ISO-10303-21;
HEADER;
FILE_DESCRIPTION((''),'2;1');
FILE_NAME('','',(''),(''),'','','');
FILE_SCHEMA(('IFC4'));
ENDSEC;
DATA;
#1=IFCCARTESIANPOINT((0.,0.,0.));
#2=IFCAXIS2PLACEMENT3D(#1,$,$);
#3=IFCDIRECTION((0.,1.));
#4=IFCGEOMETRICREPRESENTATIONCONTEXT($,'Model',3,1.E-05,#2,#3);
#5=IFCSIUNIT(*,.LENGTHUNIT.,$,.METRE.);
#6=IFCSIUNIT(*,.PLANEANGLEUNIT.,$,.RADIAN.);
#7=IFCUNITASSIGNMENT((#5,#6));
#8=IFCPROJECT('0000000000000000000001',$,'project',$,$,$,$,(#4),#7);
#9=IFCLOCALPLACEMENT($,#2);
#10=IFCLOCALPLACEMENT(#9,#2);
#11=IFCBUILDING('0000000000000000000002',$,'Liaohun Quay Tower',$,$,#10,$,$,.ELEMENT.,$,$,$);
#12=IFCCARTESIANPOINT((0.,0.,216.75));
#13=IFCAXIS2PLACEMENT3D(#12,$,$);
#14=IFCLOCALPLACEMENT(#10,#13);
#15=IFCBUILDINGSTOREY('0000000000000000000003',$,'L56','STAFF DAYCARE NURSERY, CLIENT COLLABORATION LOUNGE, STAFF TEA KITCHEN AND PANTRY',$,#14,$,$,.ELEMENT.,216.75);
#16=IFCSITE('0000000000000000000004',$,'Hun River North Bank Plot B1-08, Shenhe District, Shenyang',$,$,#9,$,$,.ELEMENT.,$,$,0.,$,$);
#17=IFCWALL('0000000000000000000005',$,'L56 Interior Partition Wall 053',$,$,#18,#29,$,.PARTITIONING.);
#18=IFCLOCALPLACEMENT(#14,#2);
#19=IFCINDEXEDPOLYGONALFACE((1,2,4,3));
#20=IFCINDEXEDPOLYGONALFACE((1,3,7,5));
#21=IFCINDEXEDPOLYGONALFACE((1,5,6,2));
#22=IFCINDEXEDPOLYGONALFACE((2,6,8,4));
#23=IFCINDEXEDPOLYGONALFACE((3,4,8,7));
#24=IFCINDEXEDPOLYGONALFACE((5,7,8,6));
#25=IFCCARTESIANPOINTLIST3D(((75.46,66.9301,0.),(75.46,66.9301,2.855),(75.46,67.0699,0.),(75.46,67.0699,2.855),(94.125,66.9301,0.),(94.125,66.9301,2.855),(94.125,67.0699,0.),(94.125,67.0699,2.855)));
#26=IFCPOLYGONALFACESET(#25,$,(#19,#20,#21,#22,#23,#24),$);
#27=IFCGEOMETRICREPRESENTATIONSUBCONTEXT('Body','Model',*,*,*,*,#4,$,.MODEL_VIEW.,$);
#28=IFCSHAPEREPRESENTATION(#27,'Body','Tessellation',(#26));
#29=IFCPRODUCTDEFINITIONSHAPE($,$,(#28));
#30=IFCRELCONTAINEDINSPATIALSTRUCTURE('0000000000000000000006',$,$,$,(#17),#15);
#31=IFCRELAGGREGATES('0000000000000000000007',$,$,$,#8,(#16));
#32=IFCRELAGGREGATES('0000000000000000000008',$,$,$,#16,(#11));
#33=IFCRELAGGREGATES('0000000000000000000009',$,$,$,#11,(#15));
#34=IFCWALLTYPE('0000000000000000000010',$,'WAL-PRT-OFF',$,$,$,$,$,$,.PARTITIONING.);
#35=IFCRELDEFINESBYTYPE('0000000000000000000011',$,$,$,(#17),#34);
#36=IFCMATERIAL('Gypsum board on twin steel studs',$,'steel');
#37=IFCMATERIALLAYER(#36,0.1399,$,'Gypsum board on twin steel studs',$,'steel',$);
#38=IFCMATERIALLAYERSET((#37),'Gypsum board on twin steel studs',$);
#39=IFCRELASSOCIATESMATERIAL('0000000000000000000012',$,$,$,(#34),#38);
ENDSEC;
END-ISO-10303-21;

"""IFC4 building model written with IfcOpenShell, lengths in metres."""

from ifc_helpers import new_model, si_unit, direction, frame, frame_2d, origin, place, context, subcontext, project, spatial, rectangle, extrude, material, layer, layer_set, type_object, element, save


model = new_model("IFC4")

# Units and contexts
model_context = context("Model", 3, precision=1e-05, world=origin(), true_north=direction((0.0, 1.0)))
body_context = subcontext(model_context, "Body", "Model", "MODEL_VIEW")
ifc_project = project(units=[si_unit("LENGTHUNIT", "METRE"), si_unit("PLANEANGLEUNIT", "RADIAN")], contexts=[model_context])

# Site, building, storey
site_placement = place(None, origin())
site = spatial("IfcSite", under=ifc_project, at=site_placement, Name="Hun River North Bank Plot B1-08, Shenhe District, Shenyang", CompositionType="ELEMENT", RefElevation=0.0)
building_placement = place(site_placement, origin())
building = spatial("IfcBuilding", under=site, at=building_placement, Name="Liaohun Quay Tower", CompositionType="ELEMENT")
storey_placement = place(building_placement, frame((0.0, 0.0, 216.75)))
storey = spatial("IfcBuildingStorey", under=building, at=storey_placement, Name="L56", Description="STAFF DAYCARE NURSERY, CLIENT COLLABORATION LOUNGE, STAFF TEA KITCHEN AND PANTRY", CompositionType="ELEMENT", Elevation=216.75)

# Wall
ifc_material_1 = material(Name="Gypsum board on twin steel studs", Category="steel")
ifc_layer_1 = layer(ifc_material_1, 0.1399, Name="Gypsum board on twin steel studs", Category="steel")
ifc_layer_set_1 = layer_set([ifc_layer_1], Name="Gypsum board on twin steel studs")
wall_type_1 = type_object("IfcWallType", Name="WAL-PRT-OFF", PredefinedType="PARTITIONING", material=ifc_layer_set_1)
wall_1_placement = place(storey_placement, frame((75.46, 67.0, 0.0), z_axis=(0.0, 0.0, 1.0), x_axis=(1.0, 0.0, 0.0)))
element("IfcWall", 1, at=wall_1_placement, inside=storey, type_object=wall_type_1, Name="L56 Interior Partition Wall 053", PredefinedType="PARTITIONING", context=body_context, shape_type="SweptSolid", body=[
    extrude(rectangle(XDim=18.665, YDim=0.1399, at=frame_2d((9.3325, 0.0))), origin(), (0.0, 0.0, 1.0), 2.855),
])

save(model, "model.ifc")
